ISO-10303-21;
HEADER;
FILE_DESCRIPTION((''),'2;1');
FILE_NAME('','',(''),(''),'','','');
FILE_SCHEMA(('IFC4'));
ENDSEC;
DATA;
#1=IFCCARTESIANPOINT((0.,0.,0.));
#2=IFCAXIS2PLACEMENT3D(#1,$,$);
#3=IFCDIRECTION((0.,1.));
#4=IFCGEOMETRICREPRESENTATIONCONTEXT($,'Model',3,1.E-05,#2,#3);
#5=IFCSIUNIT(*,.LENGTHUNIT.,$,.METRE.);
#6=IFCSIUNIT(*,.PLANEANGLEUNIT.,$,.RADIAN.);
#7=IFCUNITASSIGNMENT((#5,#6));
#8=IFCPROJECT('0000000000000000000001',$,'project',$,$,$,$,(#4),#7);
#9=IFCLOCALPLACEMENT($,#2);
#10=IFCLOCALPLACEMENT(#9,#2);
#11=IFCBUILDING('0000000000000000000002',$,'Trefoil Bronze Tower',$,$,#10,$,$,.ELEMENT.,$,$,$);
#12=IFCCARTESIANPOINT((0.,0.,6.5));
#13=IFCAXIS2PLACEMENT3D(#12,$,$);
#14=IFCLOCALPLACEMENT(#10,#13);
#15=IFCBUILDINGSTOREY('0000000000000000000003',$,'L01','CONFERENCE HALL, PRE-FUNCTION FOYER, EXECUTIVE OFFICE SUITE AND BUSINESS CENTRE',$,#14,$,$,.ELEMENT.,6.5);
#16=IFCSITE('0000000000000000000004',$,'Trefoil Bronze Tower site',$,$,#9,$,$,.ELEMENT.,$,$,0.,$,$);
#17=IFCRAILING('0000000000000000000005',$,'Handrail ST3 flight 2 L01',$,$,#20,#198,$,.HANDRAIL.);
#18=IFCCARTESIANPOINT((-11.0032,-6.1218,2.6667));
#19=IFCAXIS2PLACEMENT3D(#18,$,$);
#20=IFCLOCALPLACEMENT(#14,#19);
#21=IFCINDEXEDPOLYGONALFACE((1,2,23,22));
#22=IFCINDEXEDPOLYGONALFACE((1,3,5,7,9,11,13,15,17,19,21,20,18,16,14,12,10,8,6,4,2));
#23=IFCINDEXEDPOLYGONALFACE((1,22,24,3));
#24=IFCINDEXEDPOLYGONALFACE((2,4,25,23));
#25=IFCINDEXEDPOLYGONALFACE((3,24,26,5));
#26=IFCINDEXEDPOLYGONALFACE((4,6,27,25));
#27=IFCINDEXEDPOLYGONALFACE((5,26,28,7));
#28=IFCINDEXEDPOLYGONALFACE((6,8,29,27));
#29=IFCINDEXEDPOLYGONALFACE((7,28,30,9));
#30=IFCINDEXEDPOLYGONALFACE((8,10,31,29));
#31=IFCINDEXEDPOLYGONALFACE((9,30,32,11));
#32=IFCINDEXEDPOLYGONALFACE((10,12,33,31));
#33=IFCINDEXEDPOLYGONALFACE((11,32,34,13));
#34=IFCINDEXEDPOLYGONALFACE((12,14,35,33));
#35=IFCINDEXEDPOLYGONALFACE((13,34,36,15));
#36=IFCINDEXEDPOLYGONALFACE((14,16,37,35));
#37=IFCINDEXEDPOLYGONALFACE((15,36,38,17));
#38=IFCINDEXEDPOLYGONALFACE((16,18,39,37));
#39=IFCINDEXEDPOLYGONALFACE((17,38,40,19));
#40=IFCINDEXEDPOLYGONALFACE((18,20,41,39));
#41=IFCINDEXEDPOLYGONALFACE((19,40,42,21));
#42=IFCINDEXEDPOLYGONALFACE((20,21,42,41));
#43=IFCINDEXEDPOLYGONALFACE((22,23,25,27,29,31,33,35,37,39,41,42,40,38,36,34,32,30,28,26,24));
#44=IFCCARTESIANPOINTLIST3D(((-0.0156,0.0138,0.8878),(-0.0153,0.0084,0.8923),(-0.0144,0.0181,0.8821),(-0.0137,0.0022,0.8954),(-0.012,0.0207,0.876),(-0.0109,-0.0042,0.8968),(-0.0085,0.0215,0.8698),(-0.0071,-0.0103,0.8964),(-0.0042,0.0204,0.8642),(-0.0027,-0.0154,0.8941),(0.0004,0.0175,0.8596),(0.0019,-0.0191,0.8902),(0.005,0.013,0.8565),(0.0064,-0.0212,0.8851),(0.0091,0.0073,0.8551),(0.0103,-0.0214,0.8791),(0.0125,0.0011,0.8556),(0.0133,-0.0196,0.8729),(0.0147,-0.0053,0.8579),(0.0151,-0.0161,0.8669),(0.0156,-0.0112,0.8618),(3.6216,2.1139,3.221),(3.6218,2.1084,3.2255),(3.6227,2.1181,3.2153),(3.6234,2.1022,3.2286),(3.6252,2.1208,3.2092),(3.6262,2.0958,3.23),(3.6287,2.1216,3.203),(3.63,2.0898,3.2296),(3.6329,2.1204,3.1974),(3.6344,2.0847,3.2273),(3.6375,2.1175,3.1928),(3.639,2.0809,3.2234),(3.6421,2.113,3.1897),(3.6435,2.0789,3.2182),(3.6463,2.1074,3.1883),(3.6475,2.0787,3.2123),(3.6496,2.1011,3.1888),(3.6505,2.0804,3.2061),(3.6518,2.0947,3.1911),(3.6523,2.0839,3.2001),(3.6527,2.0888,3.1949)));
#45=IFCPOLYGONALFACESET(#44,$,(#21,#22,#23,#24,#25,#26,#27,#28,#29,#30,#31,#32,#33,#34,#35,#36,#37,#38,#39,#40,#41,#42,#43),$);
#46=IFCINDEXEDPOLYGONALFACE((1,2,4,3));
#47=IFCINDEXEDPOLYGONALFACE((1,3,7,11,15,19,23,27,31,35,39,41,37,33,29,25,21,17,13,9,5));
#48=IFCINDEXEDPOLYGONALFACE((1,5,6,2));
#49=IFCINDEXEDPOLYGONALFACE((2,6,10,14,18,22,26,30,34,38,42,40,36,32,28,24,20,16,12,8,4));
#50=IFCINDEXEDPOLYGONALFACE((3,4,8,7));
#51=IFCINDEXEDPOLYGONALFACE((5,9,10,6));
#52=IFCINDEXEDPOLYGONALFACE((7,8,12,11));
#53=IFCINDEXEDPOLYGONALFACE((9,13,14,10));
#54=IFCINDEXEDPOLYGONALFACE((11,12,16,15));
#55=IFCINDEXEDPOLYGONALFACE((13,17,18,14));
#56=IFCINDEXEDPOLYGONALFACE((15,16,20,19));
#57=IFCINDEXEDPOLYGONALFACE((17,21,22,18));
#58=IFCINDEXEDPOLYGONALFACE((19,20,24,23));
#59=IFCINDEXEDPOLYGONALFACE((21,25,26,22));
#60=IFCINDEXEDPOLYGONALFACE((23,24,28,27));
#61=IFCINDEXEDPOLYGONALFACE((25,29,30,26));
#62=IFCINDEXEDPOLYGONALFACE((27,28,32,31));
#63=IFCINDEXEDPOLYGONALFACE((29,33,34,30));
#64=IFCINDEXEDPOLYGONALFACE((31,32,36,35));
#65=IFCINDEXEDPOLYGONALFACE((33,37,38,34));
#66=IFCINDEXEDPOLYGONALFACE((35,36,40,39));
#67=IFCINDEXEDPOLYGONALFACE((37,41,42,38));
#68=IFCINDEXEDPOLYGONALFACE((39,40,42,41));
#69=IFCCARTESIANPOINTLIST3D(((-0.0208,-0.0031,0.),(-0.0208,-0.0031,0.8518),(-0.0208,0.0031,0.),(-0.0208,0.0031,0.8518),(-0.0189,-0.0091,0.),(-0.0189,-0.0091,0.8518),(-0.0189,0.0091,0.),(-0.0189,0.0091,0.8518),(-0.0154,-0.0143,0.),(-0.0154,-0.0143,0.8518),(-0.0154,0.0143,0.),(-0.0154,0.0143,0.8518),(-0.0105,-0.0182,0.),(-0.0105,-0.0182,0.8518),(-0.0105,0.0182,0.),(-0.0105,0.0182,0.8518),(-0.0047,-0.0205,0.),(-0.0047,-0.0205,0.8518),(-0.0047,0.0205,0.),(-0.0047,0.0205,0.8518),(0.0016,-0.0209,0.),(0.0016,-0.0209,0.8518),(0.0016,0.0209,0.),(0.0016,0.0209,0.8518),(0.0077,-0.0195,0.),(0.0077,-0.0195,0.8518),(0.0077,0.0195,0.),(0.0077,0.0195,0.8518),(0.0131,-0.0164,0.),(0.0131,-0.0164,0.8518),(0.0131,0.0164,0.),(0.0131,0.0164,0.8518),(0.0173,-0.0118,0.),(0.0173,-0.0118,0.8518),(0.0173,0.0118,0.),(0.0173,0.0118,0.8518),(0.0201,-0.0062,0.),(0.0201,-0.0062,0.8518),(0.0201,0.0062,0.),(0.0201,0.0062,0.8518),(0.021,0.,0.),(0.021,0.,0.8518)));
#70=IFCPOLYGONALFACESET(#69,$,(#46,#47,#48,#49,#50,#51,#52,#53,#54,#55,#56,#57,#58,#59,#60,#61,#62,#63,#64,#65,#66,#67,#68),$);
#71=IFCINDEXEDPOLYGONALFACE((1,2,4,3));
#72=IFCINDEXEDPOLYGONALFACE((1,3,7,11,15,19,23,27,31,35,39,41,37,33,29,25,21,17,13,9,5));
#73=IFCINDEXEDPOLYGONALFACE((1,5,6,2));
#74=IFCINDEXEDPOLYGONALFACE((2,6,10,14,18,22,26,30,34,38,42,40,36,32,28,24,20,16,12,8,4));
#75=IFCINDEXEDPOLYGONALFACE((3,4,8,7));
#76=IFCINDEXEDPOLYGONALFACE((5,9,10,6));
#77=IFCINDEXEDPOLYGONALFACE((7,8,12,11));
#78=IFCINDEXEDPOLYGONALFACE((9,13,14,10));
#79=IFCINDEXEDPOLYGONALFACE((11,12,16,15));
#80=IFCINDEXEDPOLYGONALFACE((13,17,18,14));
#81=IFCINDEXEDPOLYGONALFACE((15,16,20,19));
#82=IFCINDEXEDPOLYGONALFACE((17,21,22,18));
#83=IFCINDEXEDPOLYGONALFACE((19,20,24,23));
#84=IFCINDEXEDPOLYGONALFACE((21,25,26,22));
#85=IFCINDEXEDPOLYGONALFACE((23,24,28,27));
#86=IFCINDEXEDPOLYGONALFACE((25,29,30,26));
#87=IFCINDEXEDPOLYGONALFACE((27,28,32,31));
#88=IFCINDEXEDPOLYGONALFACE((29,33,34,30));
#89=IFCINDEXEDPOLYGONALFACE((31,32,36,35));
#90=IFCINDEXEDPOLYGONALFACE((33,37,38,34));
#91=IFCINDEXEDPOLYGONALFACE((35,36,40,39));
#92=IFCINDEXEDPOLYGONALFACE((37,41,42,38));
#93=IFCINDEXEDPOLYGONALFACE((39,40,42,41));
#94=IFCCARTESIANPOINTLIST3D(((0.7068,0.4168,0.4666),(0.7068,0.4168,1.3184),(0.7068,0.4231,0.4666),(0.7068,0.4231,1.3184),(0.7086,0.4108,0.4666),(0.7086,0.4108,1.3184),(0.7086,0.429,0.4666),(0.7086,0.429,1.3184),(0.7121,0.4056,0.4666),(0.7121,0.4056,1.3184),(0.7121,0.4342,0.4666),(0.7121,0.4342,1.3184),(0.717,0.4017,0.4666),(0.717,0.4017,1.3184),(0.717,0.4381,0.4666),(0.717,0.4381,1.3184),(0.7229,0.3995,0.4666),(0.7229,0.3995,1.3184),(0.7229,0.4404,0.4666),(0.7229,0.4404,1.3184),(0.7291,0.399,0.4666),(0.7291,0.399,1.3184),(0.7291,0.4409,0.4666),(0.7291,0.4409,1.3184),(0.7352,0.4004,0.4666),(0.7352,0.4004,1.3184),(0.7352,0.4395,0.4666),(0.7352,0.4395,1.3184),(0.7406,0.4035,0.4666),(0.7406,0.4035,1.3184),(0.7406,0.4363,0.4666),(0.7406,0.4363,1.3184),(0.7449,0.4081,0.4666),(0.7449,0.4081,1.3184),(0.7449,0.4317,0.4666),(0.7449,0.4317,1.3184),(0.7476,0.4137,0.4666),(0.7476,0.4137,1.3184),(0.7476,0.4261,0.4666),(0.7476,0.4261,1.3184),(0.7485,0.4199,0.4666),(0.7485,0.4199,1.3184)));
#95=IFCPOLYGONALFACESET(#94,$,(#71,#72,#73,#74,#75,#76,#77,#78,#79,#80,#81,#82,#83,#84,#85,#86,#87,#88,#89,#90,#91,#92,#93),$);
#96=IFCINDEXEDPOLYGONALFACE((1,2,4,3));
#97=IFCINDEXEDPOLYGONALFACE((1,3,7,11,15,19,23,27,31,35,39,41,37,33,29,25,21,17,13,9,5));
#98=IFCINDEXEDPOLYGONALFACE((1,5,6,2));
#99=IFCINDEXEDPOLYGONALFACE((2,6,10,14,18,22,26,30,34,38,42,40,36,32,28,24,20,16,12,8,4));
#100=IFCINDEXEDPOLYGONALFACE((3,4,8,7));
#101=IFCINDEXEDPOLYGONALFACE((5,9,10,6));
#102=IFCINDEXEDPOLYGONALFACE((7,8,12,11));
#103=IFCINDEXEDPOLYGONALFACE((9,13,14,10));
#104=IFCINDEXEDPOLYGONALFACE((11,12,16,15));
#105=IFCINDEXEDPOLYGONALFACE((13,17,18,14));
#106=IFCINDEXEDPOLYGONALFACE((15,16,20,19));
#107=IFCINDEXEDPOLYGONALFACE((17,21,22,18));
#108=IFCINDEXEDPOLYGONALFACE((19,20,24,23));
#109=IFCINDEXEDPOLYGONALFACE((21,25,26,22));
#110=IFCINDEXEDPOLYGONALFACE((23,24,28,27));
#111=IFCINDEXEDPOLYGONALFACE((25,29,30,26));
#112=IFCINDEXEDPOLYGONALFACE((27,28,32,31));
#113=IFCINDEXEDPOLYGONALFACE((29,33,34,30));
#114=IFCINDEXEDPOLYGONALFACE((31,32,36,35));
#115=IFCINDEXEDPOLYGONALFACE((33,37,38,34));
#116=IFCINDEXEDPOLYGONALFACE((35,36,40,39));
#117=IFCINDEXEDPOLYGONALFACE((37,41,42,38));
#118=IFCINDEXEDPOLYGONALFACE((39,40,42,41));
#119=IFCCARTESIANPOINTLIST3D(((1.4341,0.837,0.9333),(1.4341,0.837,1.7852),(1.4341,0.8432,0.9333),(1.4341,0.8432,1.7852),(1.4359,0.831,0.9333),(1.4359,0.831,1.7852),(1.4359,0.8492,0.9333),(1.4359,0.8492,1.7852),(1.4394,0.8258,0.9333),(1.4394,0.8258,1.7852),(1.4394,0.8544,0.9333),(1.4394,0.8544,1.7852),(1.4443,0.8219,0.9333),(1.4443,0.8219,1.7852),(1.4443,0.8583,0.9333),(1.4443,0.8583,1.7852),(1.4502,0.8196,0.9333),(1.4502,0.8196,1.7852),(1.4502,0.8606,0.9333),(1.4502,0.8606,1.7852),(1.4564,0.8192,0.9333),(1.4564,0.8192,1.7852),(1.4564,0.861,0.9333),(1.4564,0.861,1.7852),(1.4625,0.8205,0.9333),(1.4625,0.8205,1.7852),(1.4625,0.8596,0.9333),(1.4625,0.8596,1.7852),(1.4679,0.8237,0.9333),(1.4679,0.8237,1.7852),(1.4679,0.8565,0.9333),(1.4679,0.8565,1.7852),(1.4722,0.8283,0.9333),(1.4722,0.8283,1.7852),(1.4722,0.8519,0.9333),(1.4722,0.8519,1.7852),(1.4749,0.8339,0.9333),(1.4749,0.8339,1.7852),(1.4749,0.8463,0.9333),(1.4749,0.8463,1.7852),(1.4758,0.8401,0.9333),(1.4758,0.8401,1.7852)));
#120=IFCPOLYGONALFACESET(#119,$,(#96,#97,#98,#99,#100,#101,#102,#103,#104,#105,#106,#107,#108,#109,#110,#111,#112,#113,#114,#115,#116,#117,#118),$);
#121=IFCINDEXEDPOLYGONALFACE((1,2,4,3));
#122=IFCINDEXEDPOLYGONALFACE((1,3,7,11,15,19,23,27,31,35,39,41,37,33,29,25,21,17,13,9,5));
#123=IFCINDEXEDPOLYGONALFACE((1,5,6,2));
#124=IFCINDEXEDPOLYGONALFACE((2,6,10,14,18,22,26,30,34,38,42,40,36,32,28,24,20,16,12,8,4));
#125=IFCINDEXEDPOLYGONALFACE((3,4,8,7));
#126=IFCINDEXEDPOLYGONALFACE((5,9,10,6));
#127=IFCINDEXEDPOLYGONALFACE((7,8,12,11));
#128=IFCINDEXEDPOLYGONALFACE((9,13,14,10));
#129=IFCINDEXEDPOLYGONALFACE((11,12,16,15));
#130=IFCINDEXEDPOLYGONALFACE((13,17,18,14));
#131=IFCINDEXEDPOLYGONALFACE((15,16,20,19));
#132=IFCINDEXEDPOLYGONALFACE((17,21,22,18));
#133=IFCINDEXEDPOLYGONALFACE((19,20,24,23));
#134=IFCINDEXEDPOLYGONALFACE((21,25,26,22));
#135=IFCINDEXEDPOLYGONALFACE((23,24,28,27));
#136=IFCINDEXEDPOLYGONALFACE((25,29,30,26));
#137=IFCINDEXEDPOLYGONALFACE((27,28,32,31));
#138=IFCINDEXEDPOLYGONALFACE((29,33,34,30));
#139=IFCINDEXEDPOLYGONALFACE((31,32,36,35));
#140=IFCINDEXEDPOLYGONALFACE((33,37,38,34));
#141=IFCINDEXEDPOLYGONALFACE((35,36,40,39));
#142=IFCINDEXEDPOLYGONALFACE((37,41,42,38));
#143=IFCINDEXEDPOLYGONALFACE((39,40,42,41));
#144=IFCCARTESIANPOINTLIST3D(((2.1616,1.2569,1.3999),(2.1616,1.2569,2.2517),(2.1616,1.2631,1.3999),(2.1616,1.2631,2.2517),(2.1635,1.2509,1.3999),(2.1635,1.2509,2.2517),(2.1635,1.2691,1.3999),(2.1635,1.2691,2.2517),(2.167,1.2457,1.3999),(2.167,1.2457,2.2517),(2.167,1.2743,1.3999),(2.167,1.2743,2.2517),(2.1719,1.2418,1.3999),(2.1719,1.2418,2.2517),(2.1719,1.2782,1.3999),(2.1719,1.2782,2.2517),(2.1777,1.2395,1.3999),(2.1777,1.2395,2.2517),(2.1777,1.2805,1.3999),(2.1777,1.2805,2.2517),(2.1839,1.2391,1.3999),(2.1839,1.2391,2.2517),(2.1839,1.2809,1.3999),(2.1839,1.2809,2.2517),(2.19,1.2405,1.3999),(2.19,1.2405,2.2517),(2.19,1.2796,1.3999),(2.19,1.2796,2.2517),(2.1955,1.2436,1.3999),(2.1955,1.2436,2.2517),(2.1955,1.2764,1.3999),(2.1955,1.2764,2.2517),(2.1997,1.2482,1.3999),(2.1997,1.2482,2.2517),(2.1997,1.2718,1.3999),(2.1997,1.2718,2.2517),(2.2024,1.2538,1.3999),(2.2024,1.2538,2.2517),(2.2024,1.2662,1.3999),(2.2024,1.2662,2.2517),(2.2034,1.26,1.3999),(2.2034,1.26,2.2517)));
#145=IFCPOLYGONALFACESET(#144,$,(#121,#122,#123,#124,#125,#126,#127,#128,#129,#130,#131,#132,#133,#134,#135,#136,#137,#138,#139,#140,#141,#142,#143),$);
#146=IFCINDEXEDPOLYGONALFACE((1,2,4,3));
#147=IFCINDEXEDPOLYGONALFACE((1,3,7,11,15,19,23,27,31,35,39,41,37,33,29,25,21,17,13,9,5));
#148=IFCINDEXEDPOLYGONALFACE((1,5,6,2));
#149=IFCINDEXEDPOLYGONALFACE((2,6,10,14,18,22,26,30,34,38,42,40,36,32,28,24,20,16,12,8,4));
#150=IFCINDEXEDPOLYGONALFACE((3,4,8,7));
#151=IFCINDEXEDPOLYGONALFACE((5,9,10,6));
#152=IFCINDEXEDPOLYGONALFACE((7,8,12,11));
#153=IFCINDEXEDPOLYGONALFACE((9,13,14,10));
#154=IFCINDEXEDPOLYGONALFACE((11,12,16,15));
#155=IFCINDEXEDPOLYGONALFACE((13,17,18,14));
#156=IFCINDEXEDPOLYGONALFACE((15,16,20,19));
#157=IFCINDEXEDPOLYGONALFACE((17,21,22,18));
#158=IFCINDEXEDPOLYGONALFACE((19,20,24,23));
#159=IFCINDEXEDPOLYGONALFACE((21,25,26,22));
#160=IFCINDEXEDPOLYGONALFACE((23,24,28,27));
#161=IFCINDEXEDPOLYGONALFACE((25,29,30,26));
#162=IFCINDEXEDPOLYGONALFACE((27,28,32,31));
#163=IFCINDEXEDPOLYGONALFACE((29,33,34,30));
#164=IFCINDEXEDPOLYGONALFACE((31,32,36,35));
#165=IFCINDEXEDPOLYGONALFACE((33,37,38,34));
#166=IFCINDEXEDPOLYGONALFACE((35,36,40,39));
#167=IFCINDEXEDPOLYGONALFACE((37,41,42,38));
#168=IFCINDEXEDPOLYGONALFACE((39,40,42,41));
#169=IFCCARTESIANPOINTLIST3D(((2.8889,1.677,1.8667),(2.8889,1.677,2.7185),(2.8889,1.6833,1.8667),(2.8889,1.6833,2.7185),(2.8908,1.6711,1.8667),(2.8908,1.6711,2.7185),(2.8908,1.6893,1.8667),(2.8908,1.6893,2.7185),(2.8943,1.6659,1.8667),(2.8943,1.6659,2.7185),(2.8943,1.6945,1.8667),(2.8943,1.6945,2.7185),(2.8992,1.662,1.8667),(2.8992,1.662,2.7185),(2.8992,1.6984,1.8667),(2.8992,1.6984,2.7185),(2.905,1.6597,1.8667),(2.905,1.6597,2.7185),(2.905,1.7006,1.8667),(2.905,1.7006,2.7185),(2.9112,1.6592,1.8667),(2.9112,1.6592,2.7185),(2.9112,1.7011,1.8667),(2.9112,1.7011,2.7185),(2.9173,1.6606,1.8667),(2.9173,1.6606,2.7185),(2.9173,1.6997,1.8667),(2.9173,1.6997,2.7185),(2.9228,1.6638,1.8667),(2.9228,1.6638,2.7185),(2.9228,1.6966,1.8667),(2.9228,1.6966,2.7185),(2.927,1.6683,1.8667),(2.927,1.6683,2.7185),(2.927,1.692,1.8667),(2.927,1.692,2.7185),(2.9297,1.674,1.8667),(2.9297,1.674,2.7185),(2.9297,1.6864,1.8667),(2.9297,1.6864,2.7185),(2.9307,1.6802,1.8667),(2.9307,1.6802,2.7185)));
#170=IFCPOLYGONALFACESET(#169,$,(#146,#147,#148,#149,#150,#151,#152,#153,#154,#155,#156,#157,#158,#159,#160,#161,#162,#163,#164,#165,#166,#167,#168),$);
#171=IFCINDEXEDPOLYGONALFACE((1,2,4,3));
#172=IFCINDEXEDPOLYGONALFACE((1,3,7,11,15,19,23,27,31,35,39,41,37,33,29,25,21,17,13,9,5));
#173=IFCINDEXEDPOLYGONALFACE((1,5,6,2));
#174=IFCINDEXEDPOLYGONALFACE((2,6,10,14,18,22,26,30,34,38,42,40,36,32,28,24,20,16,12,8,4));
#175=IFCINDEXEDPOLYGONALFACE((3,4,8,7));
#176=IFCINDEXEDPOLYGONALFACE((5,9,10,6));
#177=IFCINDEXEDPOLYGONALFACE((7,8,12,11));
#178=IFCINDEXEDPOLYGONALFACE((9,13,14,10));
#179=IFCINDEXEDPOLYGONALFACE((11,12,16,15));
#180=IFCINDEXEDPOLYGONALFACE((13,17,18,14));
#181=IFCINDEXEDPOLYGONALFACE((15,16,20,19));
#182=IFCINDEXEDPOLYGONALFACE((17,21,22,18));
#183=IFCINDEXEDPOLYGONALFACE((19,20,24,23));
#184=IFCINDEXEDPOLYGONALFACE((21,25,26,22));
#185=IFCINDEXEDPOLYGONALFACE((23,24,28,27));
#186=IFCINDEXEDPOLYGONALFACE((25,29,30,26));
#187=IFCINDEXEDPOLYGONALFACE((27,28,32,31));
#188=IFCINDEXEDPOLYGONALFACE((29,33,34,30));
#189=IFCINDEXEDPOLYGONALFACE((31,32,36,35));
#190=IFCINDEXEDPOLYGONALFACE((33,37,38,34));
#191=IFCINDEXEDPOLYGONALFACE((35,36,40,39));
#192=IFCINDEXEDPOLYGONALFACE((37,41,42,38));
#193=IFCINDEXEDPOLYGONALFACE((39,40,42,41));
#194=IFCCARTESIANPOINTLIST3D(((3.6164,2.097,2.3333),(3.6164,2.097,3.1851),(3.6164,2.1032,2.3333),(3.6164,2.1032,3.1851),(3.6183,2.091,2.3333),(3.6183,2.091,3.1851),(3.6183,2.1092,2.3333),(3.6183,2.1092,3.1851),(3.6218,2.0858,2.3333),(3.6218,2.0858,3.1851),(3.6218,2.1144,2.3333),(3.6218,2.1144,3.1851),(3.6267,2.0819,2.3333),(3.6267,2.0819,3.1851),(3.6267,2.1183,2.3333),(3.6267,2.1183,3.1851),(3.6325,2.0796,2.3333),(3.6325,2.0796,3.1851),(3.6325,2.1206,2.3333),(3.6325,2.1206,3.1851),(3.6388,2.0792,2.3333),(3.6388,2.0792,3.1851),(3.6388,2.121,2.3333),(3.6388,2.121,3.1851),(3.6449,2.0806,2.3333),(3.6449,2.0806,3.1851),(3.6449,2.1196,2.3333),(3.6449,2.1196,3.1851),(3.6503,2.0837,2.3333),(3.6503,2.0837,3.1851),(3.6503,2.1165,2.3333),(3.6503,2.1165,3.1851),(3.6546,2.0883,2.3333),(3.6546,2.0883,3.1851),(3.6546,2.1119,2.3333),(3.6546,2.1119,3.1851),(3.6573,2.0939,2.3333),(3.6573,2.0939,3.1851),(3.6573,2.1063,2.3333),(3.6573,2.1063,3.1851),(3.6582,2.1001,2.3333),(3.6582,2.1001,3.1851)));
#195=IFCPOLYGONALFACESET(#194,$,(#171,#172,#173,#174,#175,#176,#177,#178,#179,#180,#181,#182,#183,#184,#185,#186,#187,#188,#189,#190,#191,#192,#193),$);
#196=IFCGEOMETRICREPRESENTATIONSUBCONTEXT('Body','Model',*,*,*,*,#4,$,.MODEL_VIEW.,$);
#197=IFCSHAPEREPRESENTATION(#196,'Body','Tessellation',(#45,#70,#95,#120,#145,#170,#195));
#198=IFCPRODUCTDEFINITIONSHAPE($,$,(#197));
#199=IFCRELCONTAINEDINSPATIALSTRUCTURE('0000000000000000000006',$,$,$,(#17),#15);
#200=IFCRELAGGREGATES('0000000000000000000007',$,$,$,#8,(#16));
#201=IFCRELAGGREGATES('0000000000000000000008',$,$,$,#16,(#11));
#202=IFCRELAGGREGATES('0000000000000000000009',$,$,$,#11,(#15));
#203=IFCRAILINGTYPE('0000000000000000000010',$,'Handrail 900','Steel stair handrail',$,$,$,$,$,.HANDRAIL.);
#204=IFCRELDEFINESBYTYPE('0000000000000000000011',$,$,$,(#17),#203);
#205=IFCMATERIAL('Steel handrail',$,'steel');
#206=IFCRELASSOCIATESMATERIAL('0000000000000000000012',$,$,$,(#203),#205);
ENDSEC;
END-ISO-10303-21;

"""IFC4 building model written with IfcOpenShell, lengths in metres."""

from ifc_helpers import new_model, si_unit, direction, frame, origin, origin_2d, place, context, subcontext, project, spatial, circle, extrude, material, type_object, element, save


model = new_model("IFC4")

# Units and contexts
model_context = context("Model", 3, precision=1e-05, world=origin(), true_north=direction((0.0, 1.0)))
body_context = subcontext(model_context, "Body", "Model", "MODEL_VIEW")
ifc_project = project(units=[si_unit("LENGTHUNIT", "METRE"), si_unit("PLANEANGLEUNIT", "RADIAN")], contexts=[model_context])

# Site, building, storey
site_placement = place(None, origin())
site = spatial("IfcSite", under=ifc_project, at=site_placement, Name="Trefoil Bronze Tower site", CompositionType="ELEMENT", RefElevation=0.0)
building_placement = place(site_placement, origin())
building = spatial("IfcBuilding", under=site, at=building_placement, Name="Trefoil Bronze Tower", CompositionType="ELEMENT")
storey_placement = place(building_placement, frame((0.0, 0.0, 6.5)))
storey = spatial("IfcBuildingStorey", under=building, at=storey_placement, Name="L01", Description="CONFERENCE HALL, PRE-FUNCTION FOYER, EXECUTIVE OFFICE SUITE AND BUSINESS CENTRE", CompositionType="ELEMENT", Elevation=6.5)

# Railing
ifc_material_1 = material(Name="Steel handrail", Category="steel")
railing_type = type_object("IfcRailingType", Name="Handrail 900", Description="Steel stair handrail", PredefinedType="HANDRAIL", material=ifc_material_1)
railing_placement = place(storey_placement, frame((-11.0032, -6.1218, 2.6667)))
element("IfcRailing", 1, at=railing_placement, inside=storey, type_object=railing_type, Name="Handrail ST3 flight 2 L01", PredefinedType="HANDRAIL", context=body_context, shape_type="SweptSolid", body=[
    extrude(circle(Radius=0.0239, at=origin_2d()), frame((0.0, 0.0, 0.876), z_axis=(0.757033, 0.437106, 0.485633), x_axis=(-0.500028, 0.866009, 0.0)), (0.0, 0.0, 1.0), 4.8044),
    extrude(circle(Radius=0.021, at=origin_2d()), origin(), (0.0, 0.0, 1.0), 0.8518),
    extrude(circle(Radius=0.021, at=origin_2d()), frame((0.7275, 0.4199, 0.4666)), (0.0, 0.0, 1.0), 0.8518),
    extrude(circle(Radius=0.021, at=origin_2d()), frame((1.4548, 0.8401, 0.9333)), (0.0, 0.0, 1.0), 0.8518),
    extrude(circle(Radius=0.021, at=origin_2d()), frame((2.1824, 1.26, 1.3999)), (0.0, 0.0, 1.0), 0.8518),
    extrude(circle(Radius=0.021, at=origin_2d()), frame((2.9097, 1.6802, 1.8667)), (0.0, 0.0, 1.0), 0.8518),
    extrude(circle(Radius=0.021, at=origin_2d()), frame((3.6372, 2.1001, 2.3333)), (0.0, 0.0, 1.0), 0.8518),
])

save(model, "model.ifc")
